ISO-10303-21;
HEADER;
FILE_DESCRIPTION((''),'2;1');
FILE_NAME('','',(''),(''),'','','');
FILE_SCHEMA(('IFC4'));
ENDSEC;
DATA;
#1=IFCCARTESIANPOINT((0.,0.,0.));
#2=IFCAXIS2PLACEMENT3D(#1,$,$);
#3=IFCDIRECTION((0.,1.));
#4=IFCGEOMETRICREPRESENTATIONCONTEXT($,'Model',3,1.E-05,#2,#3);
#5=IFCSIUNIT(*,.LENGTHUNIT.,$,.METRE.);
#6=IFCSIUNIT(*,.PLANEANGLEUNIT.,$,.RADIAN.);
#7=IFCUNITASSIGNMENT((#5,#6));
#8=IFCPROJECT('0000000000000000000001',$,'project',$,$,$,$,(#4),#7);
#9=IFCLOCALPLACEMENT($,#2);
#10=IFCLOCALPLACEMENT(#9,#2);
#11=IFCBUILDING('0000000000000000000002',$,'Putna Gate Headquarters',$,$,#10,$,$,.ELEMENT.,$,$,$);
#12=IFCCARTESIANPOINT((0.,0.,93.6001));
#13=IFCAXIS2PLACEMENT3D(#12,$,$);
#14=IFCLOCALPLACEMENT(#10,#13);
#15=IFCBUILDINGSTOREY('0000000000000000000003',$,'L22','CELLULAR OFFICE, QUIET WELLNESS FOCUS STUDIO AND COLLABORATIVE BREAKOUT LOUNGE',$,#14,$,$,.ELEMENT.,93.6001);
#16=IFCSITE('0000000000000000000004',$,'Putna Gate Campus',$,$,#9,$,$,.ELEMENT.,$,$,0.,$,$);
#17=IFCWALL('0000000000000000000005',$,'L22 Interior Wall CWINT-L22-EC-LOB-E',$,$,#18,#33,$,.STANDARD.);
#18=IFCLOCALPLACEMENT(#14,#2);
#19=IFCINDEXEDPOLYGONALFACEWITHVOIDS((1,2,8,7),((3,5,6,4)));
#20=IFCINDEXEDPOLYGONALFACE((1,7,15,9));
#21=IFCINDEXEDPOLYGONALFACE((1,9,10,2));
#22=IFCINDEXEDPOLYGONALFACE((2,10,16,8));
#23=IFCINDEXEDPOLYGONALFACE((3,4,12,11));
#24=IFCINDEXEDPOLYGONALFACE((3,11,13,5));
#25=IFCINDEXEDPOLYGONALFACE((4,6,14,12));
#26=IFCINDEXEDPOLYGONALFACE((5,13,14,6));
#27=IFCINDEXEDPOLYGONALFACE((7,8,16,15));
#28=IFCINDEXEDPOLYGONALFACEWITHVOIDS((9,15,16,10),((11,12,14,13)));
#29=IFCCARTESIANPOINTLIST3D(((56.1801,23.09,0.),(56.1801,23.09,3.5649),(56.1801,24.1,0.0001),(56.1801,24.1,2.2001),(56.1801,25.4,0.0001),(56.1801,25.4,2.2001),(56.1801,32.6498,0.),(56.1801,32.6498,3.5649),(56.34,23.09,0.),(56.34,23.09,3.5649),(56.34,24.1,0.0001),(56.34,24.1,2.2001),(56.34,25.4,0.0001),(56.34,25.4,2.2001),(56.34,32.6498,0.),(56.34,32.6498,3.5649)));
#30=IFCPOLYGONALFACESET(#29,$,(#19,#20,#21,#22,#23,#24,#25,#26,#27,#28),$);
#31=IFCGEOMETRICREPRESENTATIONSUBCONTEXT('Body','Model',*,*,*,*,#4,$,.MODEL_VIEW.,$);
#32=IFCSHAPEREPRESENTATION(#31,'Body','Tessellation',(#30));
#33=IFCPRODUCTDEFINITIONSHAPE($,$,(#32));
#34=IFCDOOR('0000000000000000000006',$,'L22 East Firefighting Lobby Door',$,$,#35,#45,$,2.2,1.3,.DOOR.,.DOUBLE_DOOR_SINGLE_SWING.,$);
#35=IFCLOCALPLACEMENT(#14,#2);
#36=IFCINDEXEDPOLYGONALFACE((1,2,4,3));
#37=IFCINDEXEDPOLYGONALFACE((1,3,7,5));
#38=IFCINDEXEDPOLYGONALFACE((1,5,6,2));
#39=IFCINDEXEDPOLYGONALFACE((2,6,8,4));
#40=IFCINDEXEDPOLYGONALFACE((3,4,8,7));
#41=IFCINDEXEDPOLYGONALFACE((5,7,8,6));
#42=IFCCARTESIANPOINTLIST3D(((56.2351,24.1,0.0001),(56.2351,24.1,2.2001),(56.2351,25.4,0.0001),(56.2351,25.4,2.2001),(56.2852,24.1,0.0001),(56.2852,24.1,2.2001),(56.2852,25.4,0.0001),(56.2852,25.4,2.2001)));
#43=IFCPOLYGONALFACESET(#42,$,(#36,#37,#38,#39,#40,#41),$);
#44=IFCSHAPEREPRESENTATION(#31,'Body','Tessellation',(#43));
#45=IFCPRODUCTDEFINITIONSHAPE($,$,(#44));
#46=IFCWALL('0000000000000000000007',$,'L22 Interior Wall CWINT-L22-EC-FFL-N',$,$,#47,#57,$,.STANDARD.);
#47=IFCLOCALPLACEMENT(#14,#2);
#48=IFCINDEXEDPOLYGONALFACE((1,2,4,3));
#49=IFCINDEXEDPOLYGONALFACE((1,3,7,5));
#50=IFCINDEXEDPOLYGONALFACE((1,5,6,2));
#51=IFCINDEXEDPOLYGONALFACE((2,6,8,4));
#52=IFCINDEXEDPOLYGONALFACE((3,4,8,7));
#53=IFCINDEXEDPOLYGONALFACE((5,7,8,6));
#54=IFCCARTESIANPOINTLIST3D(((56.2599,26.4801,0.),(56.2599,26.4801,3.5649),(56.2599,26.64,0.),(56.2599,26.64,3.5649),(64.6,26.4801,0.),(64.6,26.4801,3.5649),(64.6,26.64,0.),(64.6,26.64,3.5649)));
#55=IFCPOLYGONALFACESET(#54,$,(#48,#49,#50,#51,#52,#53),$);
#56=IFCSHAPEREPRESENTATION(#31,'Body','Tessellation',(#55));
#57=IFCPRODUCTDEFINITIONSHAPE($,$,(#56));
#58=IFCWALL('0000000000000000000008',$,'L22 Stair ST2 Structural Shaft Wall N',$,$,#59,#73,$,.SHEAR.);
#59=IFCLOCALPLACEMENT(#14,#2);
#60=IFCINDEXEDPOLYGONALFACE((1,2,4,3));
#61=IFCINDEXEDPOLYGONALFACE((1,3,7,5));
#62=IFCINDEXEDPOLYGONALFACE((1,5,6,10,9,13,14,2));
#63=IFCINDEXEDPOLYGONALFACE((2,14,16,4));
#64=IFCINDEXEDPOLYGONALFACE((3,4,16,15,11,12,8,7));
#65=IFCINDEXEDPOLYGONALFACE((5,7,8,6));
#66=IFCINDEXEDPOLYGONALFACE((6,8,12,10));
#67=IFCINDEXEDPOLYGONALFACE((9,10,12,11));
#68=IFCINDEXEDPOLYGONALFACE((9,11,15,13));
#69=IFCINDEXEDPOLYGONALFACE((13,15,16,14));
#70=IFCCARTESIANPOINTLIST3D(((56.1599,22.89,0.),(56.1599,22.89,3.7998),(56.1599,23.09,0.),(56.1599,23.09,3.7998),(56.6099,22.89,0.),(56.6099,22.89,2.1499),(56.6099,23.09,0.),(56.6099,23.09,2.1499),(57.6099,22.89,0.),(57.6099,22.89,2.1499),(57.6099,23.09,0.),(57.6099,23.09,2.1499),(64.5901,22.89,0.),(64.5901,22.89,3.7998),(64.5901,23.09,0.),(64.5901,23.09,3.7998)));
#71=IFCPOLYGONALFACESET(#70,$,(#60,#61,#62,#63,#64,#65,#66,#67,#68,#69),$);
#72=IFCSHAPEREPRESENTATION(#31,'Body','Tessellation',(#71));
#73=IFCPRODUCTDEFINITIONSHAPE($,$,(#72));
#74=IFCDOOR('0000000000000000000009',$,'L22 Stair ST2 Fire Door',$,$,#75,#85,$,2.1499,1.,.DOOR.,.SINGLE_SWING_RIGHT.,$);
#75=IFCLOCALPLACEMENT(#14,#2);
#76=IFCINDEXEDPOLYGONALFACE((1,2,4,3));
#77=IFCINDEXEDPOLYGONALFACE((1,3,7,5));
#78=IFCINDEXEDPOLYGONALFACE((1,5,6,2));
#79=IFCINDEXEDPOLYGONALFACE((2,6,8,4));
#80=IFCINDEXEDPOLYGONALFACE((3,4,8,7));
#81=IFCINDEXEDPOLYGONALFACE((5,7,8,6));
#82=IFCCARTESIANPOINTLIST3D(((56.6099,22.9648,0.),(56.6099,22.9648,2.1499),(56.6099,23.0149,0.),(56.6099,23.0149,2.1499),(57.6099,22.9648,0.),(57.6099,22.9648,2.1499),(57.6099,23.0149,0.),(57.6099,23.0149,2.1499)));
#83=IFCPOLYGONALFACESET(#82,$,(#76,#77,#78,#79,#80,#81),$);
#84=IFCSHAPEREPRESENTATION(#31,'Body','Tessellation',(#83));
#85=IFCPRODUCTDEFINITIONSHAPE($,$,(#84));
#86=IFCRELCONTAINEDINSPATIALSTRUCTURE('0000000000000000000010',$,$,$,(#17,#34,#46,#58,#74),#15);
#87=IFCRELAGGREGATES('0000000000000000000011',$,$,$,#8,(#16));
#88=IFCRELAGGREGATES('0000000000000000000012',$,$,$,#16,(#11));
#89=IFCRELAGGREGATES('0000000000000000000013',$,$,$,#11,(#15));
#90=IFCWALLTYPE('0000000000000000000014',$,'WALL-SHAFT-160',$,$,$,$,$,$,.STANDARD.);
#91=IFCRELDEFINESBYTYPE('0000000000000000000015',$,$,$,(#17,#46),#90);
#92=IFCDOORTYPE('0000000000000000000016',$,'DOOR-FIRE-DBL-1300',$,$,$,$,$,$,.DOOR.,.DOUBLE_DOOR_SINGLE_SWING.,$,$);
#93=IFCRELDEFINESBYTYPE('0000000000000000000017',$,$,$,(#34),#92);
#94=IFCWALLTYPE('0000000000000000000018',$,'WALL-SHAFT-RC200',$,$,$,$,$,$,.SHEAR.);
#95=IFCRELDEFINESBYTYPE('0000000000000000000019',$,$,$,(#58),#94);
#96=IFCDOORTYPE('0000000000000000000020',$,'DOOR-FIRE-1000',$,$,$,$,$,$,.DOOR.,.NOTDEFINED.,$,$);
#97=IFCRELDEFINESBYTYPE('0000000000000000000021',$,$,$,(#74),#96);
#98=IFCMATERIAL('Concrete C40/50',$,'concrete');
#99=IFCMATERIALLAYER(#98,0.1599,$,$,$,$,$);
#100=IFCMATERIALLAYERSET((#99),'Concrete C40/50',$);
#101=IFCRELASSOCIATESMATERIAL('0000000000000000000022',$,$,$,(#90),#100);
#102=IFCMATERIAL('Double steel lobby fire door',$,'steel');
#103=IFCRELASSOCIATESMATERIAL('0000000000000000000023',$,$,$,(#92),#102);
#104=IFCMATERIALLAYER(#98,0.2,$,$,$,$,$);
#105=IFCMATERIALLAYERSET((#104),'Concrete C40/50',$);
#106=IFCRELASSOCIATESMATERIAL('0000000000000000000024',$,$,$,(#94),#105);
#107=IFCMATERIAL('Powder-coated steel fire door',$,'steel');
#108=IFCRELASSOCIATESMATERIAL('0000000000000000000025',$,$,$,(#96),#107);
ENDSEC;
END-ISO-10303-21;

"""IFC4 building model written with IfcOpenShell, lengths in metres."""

from ifc_helpers import new_model, si_unit, direction, frame, frame_2d, origin, place, context, subcontext, project, spatial, rectangle, extrude, material, layer, layer_set, type_object, element, fill, save


model = new_model("IFC4")

# Units and contexts
model_context = context("Model", 3, precision=1e-05, world=origin(), true_north=direction((0.0, 1.0)))
body_context = subcontext(model_context, "Body", "Model", "MODEL_VIEW")
ifc_project = project(units=[si_unit("LENGTHUNIT", "METRE"), si_unit("PLANEANGLEUNIT", "RADIAN")], contexts=[model_context])

# Site, building, storey
site_placement = place(None, origin())
site = spatial("IfcSite", under=ifc_project, at=site_placement, Name="Putna Gate Campus", CompositionType="ELEMENT", RefElevation=0.0)
building_placement = place(site_placement, origin())
building = spatial("IfcBuilding", under=site, at=building_placement, Name="Putna Gate Headquarters", CompositionType="ELEMENT")
storey_placement = place(building_placement, frame((0.0, 0.0, 93.6001)))
storey = spatial("IfcBuildingStorey", under=building, at=storey_placement, Name="L22", Description="CELLULAR OFFICE, QUIET WELLNESS FOCUS STUDIO AND COLLABORATIVE BREAKOUT LOUNGE", CompositionType="ELEMENT", Elevation=93.6001)

# Wall, opening, door
ifc_material_1 = material(Name="Concrete C40/50", Category="concrete")
ifc_layer_1 = layer(ifc_material_1, 0.1599)
ifc_layer_set_1 = layer_set([ifc_layer_1], Name="Concrete C40/50")
wall_type_1 = type_object("IfcWallType", Name="WALL-SHAFT-160", PredefinedType="STANDARD", material=ifc_layer_set_1)
wall_1_placement = place(storey_placement, frame((56.26, 23.0901, 0.0), z_axis=(0.0, 0.0, 1.0), x_axis=(0.0, 1.0, 0.0)))
wall_1 = element("IfcWall", 1, at=wall_1_placement, inside=storey, type_object=wall_type_1, Name="L22 Interior Wall CWINT-L22-EC-LOB-E", PredefinedType="STANDARD", context=body_context, shape_type="SweptSolid", body=[
    extrude(rectangle(XDim=9.5598, YDim=0.1599, at=frame_2d((4.7798, 0.0))), origin(), (0.0, 0.0, 1.0), 3.5649),
])
opening_1_placement = place(wall_1_placement, frame((1.01, 0.0, 0.0)))
opening_1 = element("IfcOpeningElement", 2, at=opening_1_placement, cuts=wall_1, PredefinedType="OPENING", context=body_context, shape_type="SweptSolid", body=[
    extrude(rectangle(XDim=1.3, YDim=2.2, at=frame_2d((0.6499, 1.1001))), frame((0.0, 0.0898, 0.0), z_axis=(0.0, -1.0, 0.0), x_axis=(1.0, 0.0, 0.0)), (0.0, 0.0, 1.0), 0.1799),
])
ifc_material_2 = material(Name="Double steel lobby fire door", Category="steel")
door_type_1 = type_object("IfcDoorType", Name="DOOR-FIRE-DBL-1300", OperationType="DOUBLE_DOOR_SINGLE_SWING", PredefinedType="DOOR", material=ifc_material_2)
door_1_placement = place(opening_1_placement, origin())
door_1 = element("IfcDoor", 3, at=door_1_placement, inside=storey, type_object=door_type_1, Name="L22 East Firefighting Lobby Door", OperationType="DOUBLE_DOOR_SINGLE_SWING", OverallHeight=2.2, OverallWidth=1.3, PredefinedType="DOOR", context=body_context, shape_type="SweptSolid", body=[
    extrude(rectangle(XDim=1.3, YDim=2.2, at=frame_2d((0.6499, 1.1001))), frame((0.0, 0.0249, 0.0), z_axis=(0.0, -1.0, 0.0), x_axis=(1.0, 0.0, 0.0)), (0.0, 0.0, 1.0), 0.05),
])
fill(opening_1, door_1)

# Wall
wall_2_placement = place(storey_placement, frame((56.26, 26.5601, 0.0), z_axis=(0.0, 0.0, 1.0), x_axis=(1.0, 0.0, 0.0)))
element("IfcWall", 4, at=wall_2_placement, inside=storey, type_object=wall_type_1, Name="L22 Interior Wall CWINT-L22-EC-FFL-N", PredefinedType="STANDARD", context=body_context, shape_type="SweptSolid", body=[
    extrude(rectangle(XDim=8.3401, YDim=0.1599, at=frame_2d((4.1699, 0.0))), origin(), (0.0, 0.0, 1.0), 3.5649),
])

# Wall, opening, door
ifc_layer_2 = layer(ifc_material_1, 0.2)
ifc_layer_set_2 = layer_set([ifc_layer_2], Name="Concrete C40/50")
wall_type_2 = type_object("IfcWallType", Name="WALL-SHAFT-RC200", PredefinedType="SHEAR", material=ifc_layer_set_2)
wall_3_placement = place(storey_placement, frame((56.1599, 22.99, 0.0), z_axis=(0.0, 0.0, 1.0), x_axis=(1.0, 0.0, 0.0)))
wall_3 = element("IfcWall", 5, at=wall_3_placement, inside=storey, type_object=wall_type_2, Name="L22 Stair ST2 Structural Shaft Wall N", PredefinedType="SHEAR", context=body_context, shape_type="SweptSolid", body=[
    extrude(rectangle(XDim=8.4302, YDim=0.2, at=frame_2d((4.2151, 0.0))), origin(), (0.0, 0.0, 1.0), 3.7998),
])
opening_2_placement = place(wall_3_placement, frame((0.45, 0.0, 0.0)))
opening_2 = element("IfcOpeningElement", 6, at=opening_2_placement, cuts=wall_3, PredefinedType="OPENING", context=body_context, shape_type="SweptSolid", body=[
    extrude(rectangle(XDim=1.0, YDim=2.1499, at=frame_2d((0.5, 1.075))), frame((0.0, 0.1099, 0.0), z_axis=(0.0, -1.0, 0.0), x_axis=(1.0, 0.0, 0.0)), (0.0, 0.0, 1.0), 0.22),
])
ifc_material_3 = material(Name="Powder-coated steel fire door", Category="steel")
door_type_2 = type_object("IfcDoorType", Name="DOOR-FIRE-1000", OperationType="NOTDEFINED", PredefinedType="DOOR", material=ifc_material_3)
door_2_placement = place(opening_2_placement, origin())
door_2 = element("IfcDoor", 7, at=door_2_placement, inside=storey, type_object=door_type_2, Name="L22 Stair ST2 Fire Door", OperationType="SINGLE_SWING_RIGHT", OverallHeight=2.1499, OverallWidth=1.0, PredefinedType="DOOR", context=body_context, shape_type="SweptSolid", body=[
    extrude(rectangle(XDim=1.0, YDim=2.1499, at=frame_2d((0.5, 1.075))), frame((0.0, 0.0249, 0.0), z_axis=(0.0, -1.0, 0.0), x_axis=(1.0, 0.0, 0.0)), (0.0, 0.0, 1.0), 0.05),
])
fill(opening_2, door_2)

save(model, "model.ifc")
